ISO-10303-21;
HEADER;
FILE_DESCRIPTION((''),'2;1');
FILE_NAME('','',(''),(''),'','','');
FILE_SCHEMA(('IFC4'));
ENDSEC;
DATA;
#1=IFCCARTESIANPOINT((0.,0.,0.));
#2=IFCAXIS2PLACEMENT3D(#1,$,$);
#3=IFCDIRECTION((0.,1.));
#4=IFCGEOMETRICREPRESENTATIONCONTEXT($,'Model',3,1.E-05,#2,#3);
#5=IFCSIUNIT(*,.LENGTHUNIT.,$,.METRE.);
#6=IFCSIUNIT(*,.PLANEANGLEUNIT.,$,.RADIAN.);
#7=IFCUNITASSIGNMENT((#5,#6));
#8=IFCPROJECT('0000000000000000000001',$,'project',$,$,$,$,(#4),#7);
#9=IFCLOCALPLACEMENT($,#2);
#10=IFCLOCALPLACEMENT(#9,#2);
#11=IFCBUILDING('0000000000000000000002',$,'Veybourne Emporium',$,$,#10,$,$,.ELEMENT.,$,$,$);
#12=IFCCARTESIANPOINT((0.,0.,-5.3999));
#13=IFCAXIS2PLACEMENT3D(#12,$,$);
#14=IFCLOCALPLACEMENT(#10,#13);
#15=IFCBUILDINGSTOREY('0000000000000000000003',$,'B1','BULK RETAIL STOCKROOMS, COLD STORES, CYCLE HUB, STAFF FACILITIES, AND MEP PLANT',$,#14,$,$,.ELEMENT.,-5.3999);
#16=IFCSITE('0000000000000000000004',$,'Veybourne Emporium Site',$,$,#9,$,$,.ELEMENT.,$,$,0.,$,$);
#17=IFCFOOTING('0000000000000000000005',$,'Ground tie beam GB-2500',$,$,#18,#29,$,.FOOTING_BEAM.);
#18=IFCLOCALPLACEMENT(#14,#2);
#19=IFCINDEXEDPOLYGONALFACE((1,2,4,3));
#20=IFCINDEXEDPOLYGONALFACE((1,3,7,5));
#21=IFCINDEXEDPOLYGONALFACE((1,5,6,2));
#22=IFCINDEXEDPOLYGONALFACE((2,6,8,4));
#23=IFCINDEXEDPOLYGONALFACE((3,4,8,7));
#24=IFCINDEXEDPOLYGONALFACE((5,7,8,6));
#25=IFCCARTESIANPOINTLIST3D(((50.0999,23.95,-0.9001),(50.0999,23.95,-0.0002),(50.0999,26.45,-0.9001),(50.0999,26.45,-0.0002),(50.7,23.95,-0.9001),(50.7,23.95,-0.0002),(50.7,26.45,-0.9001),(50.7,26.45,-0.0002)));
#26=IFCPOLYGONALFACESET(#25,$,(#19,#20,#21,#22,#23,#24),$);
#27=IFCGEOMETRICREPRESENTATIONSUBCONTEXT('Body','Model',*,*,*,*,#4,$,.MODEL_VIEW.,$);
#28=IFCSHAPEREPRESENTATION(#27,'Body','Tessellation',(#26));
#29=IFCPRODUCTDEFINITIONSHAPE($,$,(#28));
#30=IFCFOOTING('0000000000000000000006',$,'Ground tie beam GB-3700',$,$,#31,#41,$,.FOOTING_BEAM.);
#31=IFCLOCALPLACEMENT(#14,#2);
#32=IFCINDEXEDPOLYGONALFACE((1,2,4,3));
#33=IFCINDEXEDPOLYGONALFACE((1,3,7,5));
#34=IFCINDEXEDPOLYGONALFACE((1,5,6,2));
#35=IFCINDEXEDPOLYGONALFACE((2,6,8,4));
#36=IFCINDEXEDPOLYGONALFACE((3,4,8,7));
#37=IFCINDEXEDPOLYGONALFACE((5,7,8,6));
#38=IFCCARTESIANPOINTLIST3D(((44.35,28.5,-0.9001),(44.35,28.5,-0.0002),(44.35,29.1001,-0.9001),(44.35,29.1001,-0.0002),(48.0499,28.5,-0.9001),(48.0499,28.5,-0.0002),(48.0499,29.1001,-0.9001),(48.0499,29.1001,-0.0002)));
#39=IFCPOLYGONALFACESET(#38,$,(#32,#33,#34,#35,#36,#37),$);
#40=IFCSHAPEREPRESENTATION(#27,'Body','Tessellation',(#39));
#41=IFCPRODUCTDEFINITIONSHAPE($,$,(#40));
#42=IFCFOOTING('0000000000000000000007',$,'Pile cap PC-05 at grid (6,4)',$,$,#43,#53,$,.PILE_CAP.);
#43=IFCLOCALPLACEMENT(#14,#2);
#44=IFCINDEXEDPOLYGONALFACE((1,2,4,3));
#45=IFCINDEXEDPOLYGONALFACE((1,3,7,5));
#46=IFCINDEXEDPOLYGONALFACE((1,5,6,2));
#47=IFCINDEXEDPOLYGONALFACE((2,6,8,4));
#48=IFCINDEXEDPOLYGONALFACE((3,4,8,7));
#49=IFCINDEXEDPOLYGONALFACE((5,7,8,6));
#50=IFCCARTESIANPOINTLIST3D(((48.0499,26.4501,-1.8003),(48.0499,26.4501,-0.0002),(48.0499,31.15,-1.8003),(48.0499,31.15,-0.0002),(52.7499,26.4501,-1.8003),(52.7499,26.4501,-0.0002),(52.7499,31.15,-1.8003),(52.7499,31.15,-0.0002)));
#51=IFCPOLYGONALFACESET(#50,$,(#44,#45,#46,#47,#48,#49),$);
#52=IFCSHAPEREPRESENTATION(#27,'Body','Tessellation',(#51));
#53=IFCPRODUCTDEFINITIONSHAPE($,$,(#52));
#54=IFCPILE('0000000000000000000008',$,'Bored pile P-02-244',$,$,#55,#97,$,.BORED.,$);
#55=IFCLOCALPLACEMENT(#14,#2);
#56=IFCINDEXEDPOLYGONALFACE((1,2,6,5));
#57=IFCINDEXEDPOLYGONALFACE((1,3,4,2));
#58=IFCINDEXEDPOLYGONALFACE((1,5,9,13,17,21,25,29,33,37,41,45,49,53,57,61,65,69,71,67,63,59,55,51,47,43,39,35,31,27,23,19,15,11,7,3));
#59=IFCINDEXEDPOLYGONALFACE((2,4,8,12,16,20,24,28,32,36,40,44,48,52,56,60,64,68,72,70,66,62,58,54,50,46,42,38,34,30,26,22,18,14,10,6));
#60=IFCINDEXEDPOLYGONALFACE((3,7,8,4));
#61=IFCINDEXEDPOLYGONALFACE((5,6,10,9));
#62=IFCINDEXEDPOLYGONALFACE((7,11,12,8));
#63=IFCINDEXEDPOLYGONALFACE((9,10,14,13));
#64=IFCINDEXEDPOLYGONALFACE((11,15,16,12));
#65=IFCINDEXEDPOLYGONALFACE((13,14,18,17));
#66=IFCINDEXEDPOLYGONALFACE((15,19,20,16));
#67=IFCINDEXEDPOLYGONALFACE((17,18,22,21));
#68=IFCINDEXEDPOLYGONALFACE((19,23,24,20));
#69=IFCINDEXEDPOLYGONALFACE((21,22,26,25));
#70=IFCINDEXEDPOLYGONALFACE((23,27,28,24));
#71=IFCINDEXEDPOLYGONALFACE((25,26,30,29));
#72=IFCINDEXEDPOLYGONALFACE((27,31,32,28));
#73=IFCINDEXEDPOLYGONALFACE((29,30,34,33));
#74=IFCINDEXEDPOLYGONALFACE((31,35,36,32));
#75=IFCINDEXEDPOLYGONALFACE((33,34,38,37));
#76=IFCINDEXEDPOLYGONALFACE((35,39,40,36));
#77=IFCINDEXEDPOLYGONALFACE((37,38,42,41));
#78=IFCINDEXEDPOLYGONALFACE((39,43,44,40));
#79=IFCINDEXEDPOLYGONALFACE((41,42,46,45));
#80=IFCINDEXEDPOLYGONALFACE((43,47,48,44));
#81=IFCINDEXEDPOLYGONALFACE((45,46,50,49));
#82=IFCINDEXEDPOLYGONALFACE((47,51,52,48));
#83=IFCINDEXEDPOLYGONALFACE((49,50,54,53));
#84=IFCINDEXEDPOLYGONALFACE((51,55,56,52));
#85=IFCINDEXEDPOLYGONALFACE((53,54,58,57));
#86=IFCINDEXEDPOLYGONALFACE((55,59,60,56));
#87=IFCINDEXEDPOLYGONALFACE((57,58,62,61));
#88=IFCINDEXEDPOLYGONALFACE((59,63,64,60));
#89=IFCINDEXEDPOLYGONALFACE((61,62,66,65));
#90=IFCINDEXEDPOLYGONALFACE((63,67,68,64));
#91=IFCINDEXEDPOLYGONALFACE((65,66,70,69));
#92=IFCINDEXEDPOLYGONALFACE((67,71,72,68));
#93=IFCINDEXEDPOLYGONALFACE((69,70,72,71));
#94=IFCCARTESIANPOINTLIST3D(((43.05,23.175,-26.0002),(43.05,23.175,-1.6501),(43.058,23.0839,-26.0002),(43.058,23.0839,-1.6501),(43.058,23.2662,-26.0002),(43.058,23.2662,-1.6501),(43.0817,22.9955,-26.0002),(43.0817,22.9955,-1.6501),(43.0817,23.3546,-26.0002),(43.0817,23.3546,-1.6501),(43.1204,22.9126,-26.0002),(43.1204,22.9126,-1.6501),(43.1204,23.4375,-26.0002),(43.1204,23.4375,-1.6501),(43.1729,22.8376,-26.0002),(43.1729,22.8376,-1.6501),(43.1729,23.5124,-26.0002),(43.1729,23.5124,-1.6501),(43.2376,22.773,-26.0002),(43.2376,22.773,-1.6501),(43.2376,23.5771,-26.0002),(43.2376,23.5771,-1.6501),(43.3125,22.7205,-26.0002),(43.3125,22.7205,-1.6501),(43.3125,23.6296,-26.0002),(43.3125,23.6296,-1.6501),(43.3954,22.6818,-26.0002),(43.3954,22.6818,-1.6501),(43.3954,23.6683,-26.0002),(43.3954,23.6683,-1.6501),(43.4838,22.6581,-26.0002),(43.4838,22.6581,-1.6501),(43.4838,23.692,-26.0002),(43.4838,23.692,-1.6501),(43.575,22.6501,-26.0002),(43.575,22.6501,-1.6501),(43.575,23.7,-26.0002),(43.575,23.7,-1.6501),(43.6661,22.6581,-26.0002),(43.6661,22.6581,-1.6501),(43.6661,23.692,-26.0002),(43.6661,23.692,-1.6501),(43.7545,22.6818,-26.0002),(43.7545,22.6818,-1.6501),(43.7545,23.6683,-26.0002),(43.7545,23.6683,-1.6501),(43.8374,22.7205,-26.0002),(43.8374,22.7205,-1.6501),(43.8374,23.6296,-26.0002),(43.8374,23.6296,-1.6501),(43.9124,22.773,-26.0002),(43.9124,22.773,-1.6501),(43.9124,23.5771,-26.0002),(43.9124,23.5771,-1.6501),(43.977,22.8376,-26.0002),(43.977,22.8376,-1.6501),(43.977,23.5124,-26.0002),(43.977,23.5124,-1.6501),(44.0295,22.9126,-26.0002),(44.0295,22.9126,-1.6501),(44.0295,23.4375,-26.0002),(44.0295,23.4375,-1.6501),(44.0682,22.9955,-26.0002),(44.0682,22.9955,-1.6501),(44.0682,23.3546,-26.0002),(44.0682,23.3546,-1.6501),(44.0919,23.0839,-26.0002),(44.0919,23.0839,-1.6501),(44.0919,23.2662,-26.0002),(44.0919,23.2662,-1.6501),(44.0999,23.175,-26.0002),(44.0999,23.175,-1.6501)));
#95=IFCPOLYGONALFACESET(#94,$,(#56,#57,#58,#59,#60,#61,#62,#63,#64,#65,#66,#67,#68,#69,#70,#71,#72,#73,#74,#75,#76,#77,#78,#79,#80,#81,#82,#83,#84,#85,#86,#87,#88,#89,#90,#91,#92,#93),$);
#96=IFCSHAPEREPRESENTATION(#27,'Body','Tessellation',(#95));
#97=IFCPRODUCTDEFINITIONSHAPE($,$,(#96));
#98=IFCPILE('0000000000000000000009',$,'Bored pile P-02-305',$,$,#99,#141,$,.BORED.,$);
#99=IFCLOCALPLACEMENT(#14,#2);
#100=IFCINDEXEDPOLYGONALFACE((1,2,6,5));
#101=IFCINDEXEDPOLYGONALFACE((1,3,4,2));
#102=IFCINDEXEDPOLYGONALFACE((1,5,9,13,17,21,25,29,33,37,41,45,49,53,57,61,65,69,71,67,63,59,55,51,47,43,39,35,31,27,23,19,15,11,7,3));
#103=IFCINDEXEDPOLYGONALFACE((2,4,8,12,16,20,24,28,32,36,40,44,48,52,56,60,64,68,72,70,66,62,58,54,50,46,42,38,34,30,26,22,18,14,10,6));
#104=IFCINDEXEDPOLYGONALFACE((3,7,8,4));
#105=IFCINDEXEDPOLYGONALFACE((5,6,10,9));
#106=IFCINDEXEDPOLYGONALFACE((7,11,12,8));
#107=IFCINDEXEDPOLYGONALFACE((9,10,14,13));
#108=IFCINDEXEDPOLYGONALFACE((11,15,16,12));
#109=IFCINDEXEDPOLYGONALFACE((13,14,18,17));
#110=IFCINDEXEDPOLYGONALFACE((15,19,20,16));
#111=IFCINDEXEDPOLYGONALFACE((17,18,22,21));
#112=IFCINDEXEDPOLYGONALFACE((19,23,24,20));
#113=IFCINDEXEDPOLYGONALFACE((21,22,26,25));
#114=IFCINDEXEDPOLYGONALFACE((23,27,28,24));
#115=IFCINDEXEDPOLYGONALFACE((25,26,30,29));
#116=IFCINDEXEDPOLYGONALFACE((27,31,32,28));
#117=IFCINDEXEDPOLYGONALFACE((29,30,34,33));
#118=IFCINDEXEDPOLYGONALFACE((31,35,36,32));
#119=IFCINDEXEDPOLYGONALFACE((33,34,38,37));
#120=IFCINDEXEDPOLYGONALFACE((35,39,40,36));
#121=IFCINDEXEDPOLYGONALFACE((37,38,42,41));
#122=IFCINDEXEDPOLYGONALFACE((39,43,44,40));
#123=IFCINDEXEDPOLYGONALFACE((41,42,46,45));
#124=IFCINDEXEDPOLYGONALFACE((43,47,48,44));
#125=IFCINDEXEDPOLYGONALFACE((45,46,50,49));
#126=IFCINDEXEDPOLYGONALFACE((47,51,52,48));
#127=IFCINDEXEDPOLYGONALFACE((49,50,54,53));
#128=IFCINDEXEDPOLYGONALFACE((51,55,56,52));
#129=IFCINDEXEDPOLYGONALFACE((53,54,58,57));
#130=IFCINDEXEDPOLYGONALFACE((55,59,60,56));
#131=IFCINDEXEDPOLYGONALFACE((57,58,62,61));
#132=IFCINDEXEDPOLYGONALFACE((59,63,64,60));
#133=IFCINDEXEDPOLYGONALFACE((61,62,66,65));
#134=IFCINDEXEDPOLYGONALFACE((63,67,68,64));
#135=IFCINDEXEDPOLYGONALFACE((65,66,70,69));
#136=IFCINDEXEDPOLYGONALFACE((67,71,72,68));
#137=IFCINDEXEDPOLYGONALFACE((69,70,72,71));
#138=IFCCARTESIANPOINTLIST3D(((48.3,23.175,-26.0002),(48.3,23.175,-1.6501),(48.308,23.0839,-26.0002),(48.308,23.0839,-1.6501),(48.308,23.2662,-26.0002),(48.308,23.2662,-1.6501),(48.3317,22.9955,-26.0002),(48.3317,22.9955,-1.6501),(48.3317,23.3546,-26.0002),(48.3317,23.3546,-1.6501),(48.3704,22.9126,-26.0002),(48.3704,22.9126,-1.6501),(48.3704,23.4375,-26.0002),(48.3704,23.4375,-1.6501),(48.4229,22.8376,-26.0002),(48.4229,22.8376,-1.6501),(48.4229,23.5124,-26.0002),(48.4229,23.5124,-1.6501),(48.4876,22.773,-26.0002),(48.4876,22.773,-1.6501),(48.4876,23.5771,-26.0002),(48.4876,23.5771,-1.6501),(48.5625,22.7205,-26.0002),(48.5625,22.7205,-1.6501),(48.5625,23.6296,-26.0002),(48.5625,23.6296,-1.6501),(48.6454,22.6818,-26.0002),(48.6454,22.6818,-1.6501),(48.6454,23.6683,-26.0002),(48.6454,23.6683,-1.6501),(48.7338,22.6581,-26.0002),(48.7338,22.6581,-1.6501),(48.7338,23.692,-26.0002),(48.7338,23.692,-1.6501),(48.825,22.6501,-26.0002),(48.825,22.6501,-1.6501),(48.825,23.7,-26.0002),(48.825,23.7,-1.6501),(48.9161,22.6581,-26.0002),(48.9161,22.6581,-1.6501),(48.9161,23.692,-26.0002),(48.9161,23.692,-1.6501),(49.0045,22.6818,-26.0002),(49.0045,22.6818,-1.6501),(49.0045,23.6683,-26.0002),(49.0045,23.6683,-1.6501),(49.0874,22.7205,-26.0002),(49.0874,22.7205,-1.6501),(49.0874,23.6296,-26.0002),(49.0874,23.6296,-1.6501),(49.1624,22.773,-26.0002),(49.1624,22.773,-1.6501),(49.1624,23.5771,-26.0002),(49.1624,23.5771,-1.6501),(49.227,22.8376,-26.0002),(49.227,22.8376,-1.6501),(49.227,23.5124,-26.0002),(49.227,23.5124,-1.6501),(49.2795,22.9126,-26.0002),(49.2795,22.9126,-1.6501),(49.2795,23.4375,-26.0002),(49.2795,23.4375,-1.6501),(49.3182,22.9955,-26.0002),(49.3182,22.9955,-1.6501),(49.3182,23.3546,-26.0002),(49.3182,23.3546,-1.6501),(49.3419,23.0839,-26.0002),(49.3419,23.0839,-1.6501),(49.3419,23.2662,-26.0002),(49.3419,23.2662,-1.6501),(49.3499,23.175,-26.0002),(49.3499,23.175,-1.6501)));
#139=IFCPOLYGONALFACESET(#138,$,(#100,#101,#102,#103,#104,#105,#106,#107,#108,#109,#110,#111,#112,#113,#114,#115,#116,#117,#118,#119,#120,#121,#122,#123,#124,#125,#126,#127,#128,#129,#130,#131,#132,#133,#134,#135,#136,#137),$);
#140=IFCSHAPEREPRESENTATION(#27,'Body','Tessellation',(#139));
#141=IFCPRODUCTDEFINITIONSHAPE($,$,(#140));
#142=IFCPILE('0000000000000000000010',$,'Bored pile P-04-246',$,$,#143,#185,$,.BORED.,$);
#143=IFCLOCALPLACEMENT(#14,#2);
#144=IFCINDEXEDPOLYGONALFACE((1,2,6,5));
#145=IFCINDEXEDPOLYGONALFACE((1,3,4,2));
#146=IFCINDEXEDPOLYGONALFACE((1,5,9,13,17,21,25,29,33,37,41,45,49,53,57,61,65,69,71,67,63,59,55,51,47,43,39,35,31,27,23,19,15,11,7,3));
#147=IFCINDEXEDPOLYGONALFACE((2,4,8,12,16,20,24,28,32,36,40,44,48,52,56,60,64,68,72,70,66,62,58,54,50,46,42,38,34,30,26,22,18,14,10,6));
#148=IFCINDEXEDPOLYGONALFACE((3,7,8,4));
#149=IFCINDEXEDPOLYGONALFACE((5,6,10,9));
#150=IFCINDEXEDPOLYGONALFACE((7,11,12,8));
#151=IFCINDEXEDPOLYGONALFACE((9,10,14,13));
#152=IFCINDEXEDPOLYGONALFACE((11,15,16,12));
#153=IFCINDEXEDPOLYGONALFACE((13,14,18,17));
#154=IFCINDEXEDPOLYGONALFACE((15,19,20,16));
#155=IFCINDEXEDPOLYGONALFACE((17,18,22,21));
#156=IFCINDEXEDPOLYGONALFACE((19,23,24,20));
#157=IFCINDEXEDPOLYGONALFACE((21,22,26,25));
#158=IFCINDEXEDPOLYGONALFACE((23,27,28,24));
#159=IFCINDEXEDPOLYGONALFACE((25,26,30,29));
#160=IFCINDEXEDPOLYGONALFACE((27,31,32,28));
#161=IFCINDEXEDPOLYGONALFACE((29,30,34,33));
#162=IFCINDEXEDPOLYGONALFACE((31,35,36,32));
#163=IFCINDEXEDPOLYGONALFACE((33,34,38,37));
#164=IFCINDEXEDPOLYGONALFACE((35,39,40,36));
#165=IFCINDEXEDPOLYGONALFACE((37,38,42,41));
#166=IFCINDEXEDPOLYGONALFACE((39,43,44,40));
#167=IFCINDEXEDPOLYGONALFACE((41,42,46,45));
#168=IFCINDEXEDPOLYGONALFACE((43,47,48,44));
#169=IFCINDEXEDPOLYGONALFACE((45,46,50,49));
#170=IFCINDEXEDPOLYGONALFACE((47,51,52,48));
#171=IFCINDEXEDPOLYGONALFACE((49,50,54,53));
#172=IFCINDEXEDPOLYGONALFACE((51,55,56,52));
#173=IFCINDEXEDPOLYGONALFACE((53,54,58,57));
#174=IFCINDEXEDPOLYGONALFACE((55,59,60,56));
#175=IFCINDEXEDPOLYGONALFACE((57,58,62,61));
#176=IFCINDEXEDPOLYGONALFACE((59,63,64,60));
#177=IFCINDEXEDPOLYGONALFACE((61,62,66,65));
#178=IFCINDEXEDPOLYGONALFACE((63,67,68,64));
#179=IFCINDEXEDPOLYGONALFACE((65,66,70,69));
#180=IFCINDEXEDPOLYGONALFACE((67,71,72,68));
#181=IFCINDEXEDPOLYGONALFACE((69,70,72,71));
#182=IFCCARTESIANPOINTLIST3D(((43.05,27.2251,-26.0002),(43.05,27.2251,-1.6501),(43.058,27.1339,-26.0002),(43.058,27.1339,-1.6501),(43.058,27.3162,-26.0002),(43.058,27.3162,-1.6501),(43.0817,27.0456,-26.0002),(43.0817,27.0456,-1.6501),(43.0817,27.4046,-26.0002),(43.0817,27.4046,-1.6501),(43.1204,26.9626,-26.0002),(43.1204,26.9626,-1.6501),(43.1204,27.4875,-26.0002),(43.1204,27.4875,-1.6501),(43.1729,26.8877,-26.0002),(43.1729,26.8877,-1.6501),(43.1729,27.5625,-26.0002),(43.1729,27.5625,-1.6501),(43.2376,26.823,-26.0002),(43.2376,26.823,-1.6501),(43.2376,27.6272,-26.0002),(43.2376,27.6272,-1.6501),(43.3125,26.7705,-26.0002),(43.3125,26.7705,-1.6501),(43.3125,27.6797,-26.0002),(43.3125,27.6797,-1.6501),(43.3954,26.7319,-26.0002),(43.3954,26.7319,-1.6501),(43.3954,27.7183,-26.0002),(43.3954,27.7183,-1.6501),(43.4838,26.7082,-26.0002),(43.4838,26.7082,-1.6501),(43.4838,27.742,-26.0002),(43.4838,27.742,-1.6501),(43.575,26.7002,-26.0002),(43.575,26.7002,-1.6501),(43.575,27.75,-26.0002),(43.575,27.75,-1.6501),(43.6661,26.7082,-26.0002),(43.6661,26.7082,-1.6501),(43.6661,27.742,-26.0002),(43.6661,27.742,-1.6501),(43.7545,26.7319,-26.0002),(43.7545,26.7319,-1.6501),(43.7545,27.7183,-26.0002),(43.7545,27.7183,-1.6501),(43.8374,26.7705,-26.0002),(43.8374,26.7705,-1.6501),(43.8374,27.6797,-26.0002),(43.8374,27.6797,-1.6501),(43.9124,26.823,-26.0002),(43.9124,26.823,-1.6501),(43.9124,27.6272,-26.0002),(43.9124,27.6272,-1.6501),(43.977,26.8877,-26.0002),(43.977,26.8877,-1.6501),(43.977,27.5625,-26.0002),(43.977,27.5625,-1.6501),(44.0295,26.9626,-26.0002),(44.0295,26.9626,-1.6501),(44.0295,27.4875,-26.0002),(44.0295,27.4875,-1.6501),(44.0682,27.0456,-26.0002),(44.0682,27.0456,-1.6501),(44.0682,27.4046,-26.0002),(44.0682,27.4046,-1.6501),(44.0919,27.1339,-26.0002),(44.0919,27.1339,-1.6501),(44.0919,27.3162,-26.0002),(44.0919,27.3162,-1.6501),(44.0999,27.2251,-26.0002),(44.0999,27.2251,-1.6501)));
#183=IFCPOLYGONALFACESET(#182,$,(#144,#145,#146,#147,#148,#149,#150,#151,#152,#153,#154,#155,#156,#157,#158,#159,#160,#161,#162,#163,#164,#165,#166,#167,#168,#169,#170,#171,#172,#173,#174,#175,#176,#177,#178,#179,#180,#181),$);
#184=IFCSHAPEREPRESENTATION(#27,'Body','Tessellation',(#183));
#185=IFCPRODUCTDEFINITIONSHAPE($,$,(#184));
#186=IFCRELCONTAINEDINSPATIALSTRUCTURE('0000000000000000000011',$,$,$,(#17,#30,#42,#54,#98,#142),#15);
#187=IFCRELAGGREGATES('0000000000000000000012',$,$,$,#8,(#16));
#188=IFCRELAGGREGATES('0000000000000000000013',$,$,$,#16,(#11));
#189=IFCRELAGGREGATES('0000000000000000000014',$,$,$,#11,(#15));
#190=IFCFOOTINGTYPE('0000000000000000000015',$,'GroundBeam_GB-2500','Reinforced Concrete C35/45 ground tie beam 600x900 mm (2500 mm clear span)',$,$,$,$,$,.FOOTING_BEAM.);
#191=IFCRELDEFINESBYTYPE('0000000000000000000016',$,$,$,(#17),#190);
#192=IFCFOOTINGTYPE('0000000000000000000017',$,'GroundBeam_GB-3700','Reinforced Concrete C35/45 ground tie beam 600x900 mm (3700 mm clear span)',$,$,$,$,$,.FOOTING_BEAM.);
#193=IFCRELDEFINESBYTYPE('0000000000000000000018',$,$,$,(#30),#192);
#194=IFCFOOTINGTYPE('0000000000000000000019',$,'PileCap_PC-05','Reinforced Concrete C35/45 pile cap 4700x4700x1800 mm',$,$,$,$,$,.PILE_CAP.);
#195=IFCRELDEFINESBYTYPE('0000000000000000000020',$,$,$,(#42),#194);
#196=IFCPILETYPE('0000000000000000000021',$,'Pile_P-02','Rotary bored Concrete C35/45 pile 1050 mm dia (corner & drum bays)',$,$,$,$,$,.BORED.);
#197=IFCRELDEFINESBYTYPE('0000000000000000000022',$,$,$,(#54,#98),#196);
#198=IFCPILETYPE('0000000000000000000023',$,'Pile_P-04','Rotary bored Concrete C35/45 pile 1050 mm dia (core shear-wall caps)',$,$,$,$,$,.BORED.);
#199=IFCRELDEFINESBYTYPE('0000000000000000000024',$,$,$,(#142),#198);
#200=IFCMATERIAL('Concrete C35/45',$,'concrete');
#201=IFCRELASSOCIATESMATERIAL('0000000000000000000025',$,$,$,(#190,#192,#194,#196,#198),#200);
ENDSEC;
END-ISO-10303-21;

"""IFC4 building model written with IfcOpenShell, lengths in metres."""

from ifc_helpers import new_model, si_unit, direction, frame, origin, origin_2d, place, context, subcontext, project, spatial, rectangle, circle, extrude, material, material_profile, profile_set, type_object, element, save


model = new_model("IFC4")

# Units and contexts
model_context = context("Model", 3, precision=1e-05, world=origin(), true_north=direction((0.0, 1.0)))
body_context = subcontext(model_context, "Body", "Model", "MODEL_VIEW")
ifc_project = project(units=[si_unit("LENGTHUNIT", "METRE"), si_unit("PLANEANGLEUNIT", "RADIAN")], contexts=[model_context])

# Site, building, storey
site_placement = place(None, origin())
site = spatial("IfcSite", under=ifc_project, at=site_placement, Name="Veybourne Emporium Site", CompositionType="ELEMENT", RefElevation=0.0)
building_placement = place(site_placement, origin())
building = spatial("IfcBuilding", under=site, at=building_placement, Name="Veybourne Emporium", CompositionType="ELEMENT")
storey_placement = place(building_placement, frame((0.0, 0.0, -5.3999)))
storey = spatial("IfcBuildingStorey", under=building, at=storey_placement, Name="B1", Description="BULK RETAIL STOCKROOMS, COLD STORES, CYCLE HUB, STAFF FACILITIES, AND MEP PLANT", CompositionType="ELEMENT", Elevation=-5.3999)

# Footings
ifc_material_1 = material(Name="Concrete C35/45", Category="concrete")
footing_type_1 = type_object("IfcFootingType", Name="GroundBeam_GB-2500", Description="Reinforced Concrete C35/45 ground tie beam 600x900 mm (2500 mm clear span)", PredefinedType="FOOTING_BEAM", material=ifc_material_1)
footing_1_placement = place(storey_placement, frame((50.3999, 25.2, -0.9001), z_axis=(0.0, 0.0, 1.0), x_axis=(0.0, 1.0, 0.0)))
element("IfcFooting", 1, at=footing_1_placement, inside=storey, type_object=footing_type_1, Name="Ground tie beam GB-2500", PredefinedType="FOOTING_BEAM", context=body_context, shape_type="SweptSolid", body=[
    extrude(rectangle(XDim=2.5, YDim=0.6001, at=origin_2d()), origin(), (0.0, 0.0, 1.0), 0.8999),
])
footing_type_2 = type_object("IfcFootingType", Name="GroundBeam_GB-3700", Description="Reinforced Concrete C35/45 ground tie beam 600x900 mm (3700 mm clear span)", PredefinedType="FOOTING_BEAM", material=ifc_material_1)
footing_2_placement = place(storey_placement, frame((46.2, 28.8, -0.9001), z_axis=(0.0, 0.0, 1.0), x_axis=(1.0, 0.0, 0.0)))
element("IfcFooting", 2, at=footing_2_placement, inside=storey, type_object=footing_type_2, Name="Ground tie beam GB-3700", PredefinedType="FOOTING_BEAM", context=body_context, shape_type="SweptSolid", body=[
    extrude(rectangle(XDim=3.7, YDim=0.6001, at=origin_2d()), origin(), (0.0, 0.0, 1.0), 0.8999),
])
footing_type_3 = type_object("IfcFootingType", Name="PileCap_PC-05", Description="Reinforced Concrete C35/45 pile cap 4700x4700x1800 mm", PredefinedType="PILE_CAP", material=ifc_material_1)
footing_3_placement = place(storey_placement, frame((50.3999, 28.8, -1.8003), z_axis=(0.0, 0.0, 1.0), x_axis=(1.0, 0.0, 0.0)))
element("IfcFooting", 3, at=footing_3_placement, inside=storey, type_object=footing_type_3, Name="Pile cap PC-05 at grid (6,4)", PredefinedType="PILE_CAP", context=body_context, shape_type="SweptSolid", body=[
    extrude(rectangle(XDim=4.7, YDim=4.7, at=origin_2d()), origin(), (0.0, 0.0, 1.0), 1.8),
])

# Piles
ifc_material_profile_1 = material_profile(ifc_material_1, circle(Radius=0.5249, at=origin_2d()), Name="BORED PILE 1050")
ifc_profile_set_1 = profile_set([ifc_material_profile_1], Name="Concrete C35/45")
pile_type_1 = type_object("IfcPileType", Name="Pile_P-02", Description="Rotary bored Concrete C35/45 pile 1050 mm dia (corner & drum bays)", PredefinedType="BORED", material=ifc_profile_set_1)
for number, where, z_axis, x_axis, name in (
    (4, (43.575, 23.175, -1.6501), (0.0, 0.0, -1.0), (1.0, 0.0, 0.0), "Bored pile P-02-244"),
    (5, (48.825, 23.175, -1.6501), (0.0, 0.0, -1.0), (1.0, 0.0, 0.0), "Bored pile P-02-305"),
):
    element("IfcPile", number, at=place(storey_placement, frame(where, z_axis=z_axis, x_axis=x_axis)), inside=storey, type_object=pile_type_1, Name=name, PredefinedType="BORED", context=body_context, shape_type="SweptSolid", body=[
        extrude(circle(Radius=0.5249, at=origin_2d()), origin(), (0.0, 0.0, 1.0), 24.3501),
    ])
ifc_material_profile_2 = material_profile(ifc_material_1, circle(Radius=0.5249, at=origin_2d()), Name="BORED PILE 1050")
ifc_profile_set_2 = profile_set([ifc_material_profile_2], Name="Concrete C35/45")
pile_type_2 = type_object("IfcPileType", Name="Pile_P-04", Description="Rotary bored Concrete C35/45 pile 1050 mm dia (core shear-wall caps)", PredefinedType="BORED", material=ifc_profile_set_2)
for number, where, z_axis, x_axis, name in (
    (6, (43.575, 27.2251, -1.6501), (0.0, 0.0, -1.0), (1.0, 0.0, 0.0), "Bored pile P-04-246"),
):
    element("IfcPile", number, at=place(storey_placement, frame(where, z_axis=z_axis, x_axis=x_axis)), inside=storey, type_object=pile_type_2, Name=name, PredefinedType="BORED", context=body_context, shape_type="SweptSolid", body=[
        extrude(circle(Radius=0.5249, at=origin_2d()), origin(), (0.0, 0.0, 1.0), 24.3501),
    ])

save(model, "model.ifc")
